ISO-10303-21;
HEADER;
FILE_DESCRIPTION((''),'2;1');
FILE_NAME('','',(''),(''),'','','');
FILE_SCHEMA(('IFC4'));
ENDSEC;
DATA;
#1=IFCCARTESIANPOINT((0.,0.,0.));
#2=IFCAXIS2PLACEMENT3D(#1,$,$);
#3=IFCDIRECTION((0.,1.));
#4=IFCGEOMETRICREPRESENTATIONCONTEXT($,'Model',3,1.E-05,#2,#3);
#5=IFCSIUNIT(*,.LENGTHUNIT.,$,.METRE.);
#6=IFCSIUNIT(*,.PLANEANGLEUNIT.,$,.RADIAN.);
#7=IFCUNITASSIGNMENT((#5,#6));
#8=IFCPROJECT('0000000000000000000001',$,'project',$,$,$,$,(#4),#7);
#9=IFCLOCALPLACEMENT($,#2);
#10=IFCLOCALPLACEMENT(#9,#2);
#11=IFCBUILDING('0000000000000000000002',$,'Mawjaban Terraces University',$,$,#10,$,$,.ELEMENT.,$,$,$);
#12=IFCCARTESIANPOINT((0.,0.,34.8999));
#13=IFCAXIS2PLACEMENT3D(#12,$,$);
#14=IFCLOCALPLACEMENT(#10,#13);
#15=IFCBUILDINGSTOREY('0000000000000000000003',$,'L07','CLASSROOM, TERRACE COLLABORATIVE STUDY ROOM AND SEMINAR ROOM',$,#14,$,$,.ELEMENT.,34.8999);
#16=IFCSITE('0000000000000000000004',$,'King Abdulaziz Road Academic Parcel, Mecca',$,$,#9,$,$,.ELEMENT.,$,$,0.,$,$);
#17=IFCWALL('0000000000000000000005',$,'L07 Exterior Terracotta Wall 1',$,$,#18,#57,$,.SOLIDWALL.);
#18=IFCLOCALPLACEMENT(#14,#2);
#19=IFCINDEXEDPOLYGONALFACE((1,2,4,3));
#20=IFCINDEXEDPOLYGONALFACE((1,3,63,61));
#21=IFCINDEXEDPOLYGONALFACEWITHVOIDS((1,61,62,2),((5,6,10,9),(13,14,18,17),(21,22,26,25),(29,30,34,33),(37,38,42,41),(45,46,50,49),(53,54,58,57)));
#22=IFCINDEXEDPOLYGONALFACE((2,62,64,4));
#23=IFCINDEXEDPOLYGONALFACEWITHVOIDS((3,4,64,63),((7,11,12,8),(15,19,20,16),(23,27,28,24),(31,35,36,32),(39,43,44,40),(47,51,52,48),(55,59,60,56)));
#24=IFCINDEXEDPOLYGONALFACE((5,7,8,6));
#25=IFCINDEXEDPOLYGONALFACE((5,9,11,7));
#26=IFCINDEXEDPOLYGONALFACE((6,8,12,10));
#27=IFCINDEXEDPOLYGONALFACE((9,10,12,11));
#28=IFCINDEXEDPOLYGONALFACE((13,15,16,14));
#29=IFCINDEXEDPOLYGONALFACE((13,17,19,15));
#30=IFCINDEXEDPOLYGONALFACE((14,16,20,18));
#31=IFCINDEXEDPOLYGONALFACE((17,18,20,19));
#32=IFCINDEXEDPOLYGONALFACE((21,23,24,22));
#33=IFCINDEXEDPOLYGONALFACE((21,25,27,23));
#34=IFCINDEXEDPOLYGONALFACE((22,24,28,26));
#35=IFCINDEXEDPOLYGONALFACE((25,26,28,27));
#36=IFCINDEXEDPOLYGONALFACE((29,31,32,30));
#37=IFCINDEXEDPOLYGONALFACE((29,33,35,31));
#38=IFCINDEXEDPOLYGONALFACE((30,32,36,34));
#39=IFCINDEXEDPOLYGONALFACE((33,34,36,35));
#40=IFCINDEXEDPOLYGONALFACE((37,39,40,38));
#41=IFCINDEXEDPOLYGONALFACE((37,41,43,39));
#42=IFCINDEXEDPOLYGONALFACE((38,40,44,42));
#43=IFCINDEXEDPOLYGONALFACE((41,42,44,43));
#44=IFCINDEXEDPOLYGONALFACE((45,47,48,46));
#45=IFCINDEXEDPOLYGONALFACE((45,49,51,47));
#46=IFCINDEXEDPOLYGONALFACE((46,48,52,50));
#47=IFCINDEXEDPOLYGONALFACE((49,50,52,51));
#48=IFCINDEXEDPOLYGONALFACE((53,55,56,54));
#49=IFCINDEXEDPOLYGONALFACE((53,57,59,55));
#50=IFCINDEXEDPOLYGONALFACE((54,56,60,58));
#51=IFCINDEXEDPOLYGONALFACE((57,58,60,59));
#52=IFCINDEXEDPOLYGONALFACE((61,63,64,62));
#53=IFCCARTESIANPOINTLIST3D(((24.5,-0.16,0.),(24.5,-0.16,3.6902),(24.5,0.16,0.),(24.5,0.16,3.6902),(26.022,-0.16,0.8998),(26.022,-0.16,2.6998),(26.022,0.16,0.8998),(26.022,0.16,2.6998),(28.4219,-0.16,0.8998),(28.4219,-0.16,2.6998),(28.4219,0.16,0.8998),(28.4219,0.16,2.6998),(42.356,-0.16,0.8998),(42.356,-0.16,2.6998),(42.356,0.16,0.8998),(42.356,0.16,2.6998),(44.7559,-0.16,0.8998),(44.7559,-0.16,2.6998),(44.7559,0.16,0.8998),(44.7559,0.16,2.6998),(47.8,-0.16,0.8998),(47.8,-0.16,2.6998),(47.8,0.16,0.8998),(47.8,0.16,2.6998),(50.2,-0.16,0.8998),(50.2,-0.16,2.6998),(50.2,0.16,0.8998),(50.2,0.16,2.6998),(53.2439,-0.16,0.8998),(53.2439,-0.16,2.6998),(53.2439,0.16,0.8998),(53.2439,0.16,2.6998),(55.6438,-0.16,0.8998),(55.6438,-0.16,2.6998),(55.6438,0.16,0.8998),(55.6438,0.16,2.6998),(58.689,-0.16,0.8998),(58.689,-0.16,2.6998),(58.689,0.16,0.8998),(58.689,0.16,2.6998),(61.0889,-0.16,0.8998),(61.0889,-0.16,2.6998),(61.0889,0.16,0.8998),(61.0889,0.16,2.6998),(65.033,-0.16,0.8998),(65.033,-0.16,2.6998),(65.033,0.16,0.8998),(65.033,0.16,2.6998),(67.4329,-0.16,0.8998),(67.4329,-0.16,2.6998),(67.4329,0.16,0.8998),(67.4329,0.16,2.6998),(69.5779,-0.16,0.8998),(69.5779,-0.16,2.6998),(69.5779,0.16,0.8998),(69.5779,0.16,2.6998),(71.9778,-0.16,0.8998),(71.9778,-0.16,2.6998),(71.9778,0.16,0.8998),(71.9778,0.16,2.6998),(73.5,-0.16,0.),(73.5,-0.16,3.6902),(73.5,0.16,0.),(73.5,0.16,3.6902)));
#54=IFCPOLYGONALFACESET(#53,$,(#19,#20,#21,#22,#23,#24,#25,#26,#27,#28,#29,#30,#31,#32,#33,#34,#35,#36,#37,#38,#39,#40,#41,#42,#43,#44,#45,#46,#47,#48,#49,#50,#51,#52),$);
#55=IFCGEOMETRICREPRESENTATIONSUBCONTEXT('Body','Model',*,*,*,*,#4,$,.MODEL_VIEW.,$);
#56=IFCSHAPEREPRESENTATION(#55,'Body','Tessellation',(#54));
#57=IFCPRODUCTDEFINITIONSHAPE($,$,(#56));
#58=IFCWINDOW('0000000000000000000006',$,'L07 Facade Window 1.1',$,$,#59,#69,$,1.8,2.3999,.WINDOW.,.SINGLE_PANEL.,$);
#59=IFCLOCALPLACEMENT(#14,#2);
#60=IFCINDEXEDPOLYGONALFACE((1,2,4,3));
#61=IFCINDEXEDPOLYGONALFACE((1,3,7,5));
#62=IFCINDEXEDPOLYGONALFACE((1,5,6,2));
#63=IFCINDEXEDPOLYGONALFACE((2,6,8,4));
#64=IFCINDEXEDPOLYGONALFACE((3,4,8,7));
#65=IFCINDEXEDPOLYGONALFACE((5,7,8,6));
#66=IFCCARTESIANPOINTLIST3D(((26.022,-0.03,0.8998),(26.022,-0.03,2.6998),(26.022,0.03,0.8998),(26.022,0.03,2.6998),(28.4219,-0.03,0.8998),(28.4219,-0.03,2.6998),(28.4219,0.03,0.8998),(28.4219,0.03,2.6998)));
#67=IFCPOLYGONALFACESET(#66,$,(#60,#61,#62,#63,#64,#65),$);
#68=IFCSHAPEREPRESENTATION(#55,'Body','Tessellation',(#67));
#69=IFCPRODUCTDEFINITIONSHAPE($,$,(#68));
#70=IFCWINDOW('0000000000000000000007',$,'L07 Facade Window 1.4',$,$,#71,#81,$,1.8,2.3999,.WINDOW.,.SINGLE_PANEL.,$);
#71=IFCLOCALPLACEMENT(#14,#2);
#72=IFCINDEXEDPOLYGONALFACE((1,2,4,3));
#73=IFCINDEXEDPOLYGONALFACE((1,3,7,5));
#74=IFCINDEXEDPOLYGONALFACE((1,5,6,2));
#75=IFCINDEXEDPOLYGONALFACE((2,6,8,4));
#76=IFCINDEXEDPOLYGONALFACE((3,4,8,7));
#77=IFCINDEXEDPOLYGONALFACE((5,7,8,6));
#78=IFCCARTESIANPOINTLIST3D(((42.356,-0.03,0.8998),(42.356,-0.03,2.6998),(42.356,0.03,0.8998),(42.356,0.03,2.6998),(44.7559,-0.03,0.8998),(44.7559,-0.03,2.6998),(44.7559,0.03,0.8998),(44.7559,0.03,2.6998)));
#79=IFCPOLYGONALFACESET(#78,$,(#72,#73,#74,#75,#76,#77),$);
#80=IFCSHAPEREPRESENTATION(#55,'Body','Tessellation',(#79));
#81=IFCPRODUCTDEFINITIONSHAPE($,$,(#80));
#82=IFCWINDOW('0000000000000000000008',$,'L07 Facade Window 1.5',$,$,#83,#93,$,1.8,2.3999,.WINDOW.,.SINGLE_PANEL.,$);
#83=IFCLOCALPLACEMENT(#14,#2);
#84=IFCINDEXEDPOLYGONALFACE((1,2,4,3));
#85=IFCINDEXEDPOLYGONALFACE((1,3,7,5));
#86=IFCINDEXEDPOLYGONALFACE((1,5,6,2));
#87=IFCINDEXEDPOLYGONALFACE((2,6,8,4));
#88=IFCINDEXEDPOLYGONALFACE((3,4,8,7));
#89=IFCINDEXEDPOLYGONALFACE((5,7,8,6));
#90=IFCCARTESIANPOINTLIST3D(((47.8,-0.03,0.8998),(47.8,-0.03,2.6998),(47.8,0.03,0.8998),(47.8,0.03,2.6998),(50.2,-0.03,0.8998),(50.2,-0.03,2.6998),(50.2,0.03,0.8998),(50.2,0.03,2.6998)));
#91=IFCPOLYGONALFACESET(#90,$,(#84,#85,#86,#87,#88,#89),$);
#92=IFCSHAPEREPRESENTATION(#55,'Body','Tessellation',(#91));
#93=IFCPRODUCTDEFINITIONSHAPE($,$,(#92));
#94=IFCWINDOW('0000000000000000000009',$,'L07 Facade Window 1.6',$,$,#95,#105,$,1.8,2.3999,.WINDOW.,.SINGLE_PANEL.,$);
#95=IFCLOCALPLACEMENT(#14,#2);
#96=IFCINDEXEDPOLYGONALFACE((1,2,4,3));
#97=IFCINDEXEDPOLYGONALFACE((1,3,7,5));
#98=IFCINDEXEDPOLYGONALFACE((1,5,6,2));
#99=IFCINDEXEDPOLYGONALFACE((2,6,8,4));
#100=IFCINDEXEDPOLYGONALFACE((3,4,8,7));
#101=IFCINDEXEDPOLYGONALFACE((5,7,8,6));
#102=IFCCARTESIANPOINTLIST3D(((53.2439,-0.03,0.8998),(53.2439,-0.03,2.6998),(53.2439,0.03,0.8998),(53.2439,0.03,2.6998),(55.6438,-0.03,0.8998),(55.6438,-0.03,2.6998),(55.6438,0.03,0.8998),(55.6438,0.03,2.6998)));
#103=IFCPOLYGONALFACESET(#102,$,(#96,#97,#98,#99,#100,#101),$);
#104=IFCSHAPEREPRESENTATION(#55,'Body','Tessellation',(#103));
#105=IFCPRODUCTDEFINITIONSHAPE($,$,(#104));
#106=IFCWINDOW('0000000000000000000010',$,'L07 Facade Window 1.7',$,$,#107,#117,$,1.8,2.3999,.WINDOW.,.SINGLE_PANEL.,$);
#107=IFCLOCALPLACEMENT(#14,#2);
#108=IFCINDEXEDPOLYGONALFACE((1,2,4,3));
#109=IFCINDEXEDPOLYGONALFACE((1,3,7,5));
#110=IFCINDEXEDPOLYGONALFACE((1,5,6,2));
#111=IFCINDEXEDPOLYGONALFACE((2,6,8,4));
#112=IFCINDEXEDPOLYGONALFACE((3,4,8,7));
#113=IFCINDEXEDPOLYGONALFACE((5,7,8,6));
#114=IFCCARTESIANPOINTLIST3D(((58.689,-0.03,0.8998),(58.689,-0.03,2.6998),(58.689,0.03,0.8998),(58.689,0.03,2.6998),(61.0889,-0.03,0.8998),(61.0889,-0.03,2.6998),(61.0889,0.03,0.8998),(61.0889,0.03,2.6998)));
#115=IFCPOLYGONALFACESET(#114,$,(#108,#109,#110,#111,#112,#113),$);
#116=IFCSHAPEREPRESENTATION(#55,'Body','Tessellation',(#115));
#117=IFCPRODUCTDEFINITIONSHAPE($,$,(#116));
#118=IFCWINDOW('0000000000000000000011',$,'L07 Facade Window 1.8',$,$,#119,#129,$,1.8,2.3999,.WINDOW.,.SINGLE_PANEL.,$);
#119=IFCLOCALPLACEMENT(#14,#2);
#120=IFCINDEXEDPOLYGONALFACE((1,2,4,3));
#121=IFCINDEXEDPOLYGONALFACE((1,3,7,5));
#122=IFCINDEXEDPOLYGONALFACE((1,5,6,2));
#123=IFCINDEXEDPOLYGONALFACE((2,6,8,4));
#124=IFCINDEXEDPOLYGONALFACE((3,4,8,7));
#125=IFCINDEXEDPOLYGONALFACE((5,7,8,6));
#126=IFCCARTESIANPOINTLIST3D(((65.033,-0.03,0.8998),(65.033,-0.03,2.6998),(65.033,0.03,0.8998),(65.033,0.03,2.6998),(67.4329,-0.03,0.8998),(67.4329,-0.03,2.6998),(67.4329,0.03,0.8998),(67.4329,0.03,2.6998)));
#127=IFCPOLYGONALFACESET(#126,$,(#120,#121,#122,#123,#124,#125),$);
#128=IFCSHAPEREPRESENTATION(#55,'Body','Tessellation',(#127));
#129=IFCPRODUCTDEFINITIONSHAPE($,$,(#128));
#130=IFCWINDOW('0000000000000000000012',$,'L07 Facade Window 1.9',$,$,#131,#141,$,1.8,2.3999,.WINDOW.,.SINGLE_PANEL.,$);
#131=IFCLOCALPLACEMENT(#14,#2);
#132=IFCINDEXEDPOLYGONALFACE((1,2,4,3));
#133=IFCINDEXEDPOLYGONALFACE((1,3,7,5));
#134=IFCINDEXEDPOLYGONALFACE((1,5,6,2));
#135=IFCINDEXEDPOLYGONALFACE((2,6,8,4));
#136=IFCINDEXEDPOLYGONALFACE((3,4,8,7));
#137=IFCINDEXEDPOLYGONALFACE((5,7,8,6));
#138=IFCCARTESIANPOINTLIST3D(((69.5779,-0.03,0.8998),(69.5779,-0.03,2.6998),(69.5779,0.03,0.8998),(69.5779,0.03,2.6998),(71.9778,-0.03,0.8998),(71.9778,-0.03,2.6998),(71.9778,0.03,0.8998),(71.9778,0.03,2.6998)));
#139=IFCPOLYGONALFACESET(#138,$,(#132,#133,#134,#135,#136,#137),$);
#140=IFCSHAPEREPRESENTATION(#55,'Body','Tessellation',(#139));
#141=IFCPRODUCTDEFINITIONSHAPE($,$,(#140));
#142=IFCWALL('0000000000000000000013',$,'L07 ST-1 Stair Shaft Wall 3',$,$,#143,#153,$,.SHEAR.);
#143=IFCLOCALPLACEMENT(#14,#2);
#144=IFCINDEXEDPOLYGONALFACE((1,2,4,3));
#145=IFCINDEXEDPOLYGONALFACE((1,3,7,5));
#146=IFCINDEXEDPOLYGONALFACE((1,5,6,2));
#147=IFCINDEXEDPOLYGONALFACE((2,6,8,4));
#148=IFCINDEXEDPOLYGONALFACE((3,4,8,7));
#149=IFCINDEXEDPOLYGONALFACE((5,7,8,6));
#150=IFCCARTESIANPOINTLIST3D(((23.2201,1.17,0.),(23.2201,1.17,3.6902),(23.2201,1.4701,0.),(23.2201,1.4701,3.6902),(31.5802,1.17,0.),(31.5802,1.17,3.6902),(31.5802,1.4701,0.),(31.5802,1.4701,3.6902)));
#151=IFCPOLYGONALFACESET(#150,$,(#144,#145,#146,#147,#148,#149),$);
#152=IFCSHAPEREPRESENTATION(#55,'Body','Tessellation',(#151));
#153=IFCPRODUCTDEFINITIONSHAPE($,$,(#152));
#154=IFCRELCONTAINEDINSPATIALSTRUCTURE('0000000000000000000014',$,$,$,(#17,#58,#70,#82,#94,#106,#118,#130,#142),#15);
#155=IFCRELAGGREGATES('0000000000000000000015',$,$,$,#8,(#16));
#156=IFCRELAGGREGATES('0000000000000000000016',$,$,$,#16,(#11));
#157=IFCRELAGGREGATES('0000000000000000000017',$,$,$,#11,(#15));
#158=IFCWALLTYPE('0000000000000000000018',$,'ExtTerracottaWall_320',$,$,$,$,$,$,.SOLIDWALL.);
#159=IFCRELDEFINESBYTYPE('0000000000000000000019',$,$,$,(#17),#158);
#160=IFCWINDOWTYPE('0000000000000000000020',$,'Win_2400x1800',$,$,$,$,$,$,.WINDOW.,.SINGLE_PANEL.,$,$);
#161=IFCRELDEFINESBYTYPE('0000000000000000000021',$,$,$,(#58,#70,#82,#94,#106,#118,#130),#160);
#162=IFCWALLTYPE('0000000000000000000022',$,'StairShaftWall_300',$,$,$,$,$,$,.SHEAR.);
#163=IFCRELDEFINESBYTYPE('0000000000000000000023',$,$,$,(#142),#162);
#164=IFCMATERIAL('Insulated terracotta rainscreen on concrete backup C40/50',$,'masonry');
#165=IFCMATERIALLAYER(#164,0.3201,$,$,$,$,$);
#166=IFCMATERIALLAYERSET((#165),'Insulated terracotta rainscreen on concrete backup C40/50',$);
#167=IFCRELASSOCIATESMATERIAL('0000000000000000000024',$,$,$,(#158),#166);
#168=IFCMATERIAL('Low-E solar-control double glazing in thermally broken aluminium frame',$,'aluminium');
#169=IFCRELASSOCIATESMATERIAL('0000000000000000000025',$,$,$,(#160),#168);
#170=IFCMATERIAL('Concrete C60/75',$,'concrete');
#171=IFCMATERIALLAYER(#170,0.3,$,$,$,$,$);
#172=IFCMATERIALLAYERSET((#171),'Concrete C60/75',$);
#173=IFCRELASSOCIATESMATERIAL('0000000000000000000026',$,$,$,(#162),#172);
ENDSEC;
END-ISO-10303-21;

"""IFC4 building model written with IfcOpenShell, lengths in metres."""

from ifc_helpers import new_model, si_unit, direction, frame, frame_2d, origin, place, context, subcontext, project, spatial, rectangle, extrude, material, layer, layer_set, type_object, element, fill, save


model = new_model("IFC4")

# Units and contexts
model_context = context("Model", 3, precision=1e-05, world=origin(), true_north=direction((0.0, 1.0)))
body_context = subcontext(model_context, "Body", "Model", "MODEL_VIEW")
ifc_project = project(units=[si_unit("LENGTHUNIT", "METRE"), si_unit("PLANEANGLEUNIT", "RADIAN")], contexts=[model_context])

# Site, building, storey
site_placement = place(None, origin())
site = spatial("IfcSite", under=ifc_project, at=site_placement, Name="King Abdulaziz Road Academic Parcel, Mecca", CompositionType="ELEMENT", RefElevation=0.0)
building_placement = place(site_placement, origin())
building = spatial("IfcBuilding", under=site, at=building_placement, Name="Mawjaban Terraces University", CompositionType="ELEMENT")
storey_placement = place(building_placement, frame((0.0, 0.0, 34.8999)))
storey = spatial("IfcBuildingStorey", under=building, at=storey_placement, Name="L07", Description="CLASSROOM, TERRACE COLLABORATIVE STUDY ROOM AND SEMINAR ROOM", CompositionType="ELEMENT", Elevation=34.8999)

# Wall, openings, windows
ifc_material_1 = material(Name="Insulated terracotta rainscreen on concrete backup C40/50", Category="masonry")
ifc_layer_1 = layer(ifc_material_1, 0.3201)
ifc_layer_set_1 = layer_set([ifc_layer_1], Name="Insulated terracotta rainscreen on concrete backup C40/50")
wall_type_1 = type_object("IfcWallType", Name="ExtTerracottaWall_320", PredefinedType="SOLIDWALL", material=ifc_layer_set_1)
wall_1_placement = place(storey_placement, frame((24.5, 0.0, 0.0), z_axis=(0.0, 0.0, 1.0), x_axis=(1.0, 0.0, 0.0)))
wall_1 = element("IfcWall", 1, at=wall_1_placement, inside=storey, type_object=wall_type_1, Name="L07 Exterior Terracotta Wall 1", PredefinedType="SOLIDWALL", context=body_context, shape_type="SweptSolid", body=[
    extrude(rectangle(XDim=49.0, YDim=0.3201, at=frame_2d((24.5, 0.0))), origin(), (0.0, 0.0, 1.0), 3.6902),
])
opening_1_placement = place(wall_1_placement, frame((1.522, 0.0, 0.8999)))
opening_1 = element("IfcOpeningElement", 2, at=opening_1_placement, cuts=wall_1, PredefinedType="OPENING", context=body_context, shape_type="SweptSolid", body=[
    extrude(rectangle(XDim=2.3999, YDim=1.8, at=frame_2d((1.2, 0.8999))), frame((0.0, 0.1699, 0.0), z_axis=(0.0, -1.0, 0.0), x_axis=(1.0, 0.0, 0.0)), (0.0, 0.0, 1.0), 0.3401),
])
opening_2_placement = place(wall_1_placement, frame((17.856, 0.0, 0.8999)))
opening_2 = element("IfcOpeningElement", 3, at=opening_2_placement, cuts=wall_1, PredefinedType="OPENING", context=body_context, shape_type="SweptSolid", body=[
    extrude(rectangle(XDim=2.3999, YDim=1.8, at=frame_2d((1.2, 0.8999))), frame((0.0, 0.1699, 0.0), z_axis=(0.0, -1.0, 0.0), x_axis=(1.0, 0.0, 0.0)), (0.0, 0.0, 1.0), 0.3401),
])
opening_3_placement = place(wall_1_placement, frame((23.3, 0.0, 0.8999)))
opening_3 = element("IfcOpeningElement", 4, at=opening_3_placement, cuts=wall_1, PredefinedType="OPENING", context=body_context, shape_type="SweptSolid", body=[
    extrude(rectangle(XDim=2.3999, YDim=1.8, at=frame_2d((1.2, 0.8999))), frame((0.0, 0.1699, 0.0), z_axis=(0.0, -1.0, 0.0), x_axis=(1.0, 0.0, 0.0)), (0.0, 0.0, 1.0), 0.3401),
])
opening_4_placement = place(wall_1_placement, frame((28.7439, 0.0, 0.8999)))
opening_4 = element("IfcOpeningElement", 5, at=opening_4_placement, cuts=wall_1, PredefinedType="OPENING", context=body_context, shape_type="SweptSolid", body=[
    extrude(rectangle(XDim=2.3999, YDim=1.8, at=frame_2d((1.2, 0.8999))), frame((0.0, 0.1699, 0.0), z_axis=(0.0, -1.0, 0.0), x_axis=(1.0, 0.0, 0.0)), (0.0, 0.0, 1.0), 0.3401),
])
opening_5_placement = place(wall_1_placement, frame((34.189, 0.0, 0.8999)))
opening_5 = element("IfcOpeningElement", 6, at=opening_5_placement, cuts=wall_1, PredefinedType="OPENING", context=body_context, shape_type="SweptSolid", body=[
    extrude(rectangle(XDim=2.3999, YDim=1.8, at=frame_2d((1.2, 0.8999))), frame((0.0, 0.1699, 0.0), z_axis=(0.0, -1.0, 0.0), x_axis=(1.0, 0.0, 0.0)), (0.0, 0.0, 1.0), 0.3401),
])
opening_6_placement = place(wall_1_placement, frame((40.533, 0.0, 0.8999)))
opening_6 = element("IfcOpeningElement", 7, at=opening_6_placement, cuts=wall_1, PredefinedType="OPENING", context=body_context, shape_type="SweptSolid", body=[
    extrude(rectangle(XDim=2.3999, YDim=1.8, at=frame_2d((1.2, 0.8999))), frame((0.0, 0.1699, 0.0), z_axis=(0.0, -1.0, 0.0), x_axis=(1.0, 0.0, 0.0)), (0.0, 0.0, 1.0), 0.3401),
])
opening_7_placement = place(wall_1_placement, frame((45.0779, 0.0, 0.8999)))
opening_7 = element("IfcOpeningElement", 8, at=opening_7_placement, cuts=wall_1, PredefinedType="OPENING", context=body_context, shape_type="SweptSolid", body=[
    extrude(rectangle(XDim=2.3999, YDim=1.8, at=frame_2d((1.2, 0.8999))), frame((0.0, 0.1699, 0.0), z_axis=(0.0, -1.0, 0.0), x_axis=(1.0, 0.0, 0.0)), (0.0, 0.0, 1.0), 0.3401),
])
ifc_material_2 = material(Name="Low-E solar-control double glazing in thermally broken aluminium frame", Category="aluminium")
window_type = type_object("IfcWindowType", Name="Win_2400x1800", PartitioningType="SINGLE_PANEL", PredefinedType="WINDOW", material=ifc_material_2)
window_1_placement = place(opening_1_placement, origin())
window_1 = element("IfcWindow", 9, at=window_1_placement, inside=storey, type_object=window_type, Name="L07 Facade Window 1.1", OverallHeight=1.8, OverallWidth=2.3999, PartitioningType="SINGLE_PANEL", PredefinedType="WINDOW", context=body_context, shape_type="SweptSolid", body=[
    extrude(rectangle(XDim=2.3999, YDim=1.8, at=frame_2d((1.2, 0.8999))), frame((0.0, 0.03, 0.0), z_axis=(0.0, -1.0, 0.0), x_axis=(1.0, 0.0, 0.0)), (0.0, 0.0, 1.0), 0.0601),
])
fill(opening_1, window_1)
window_2_placement = place(opening_2_placement, origin())
window_2 = element("IfcWindow", 10, at=window_2_placement, inside=storey, type_object=window_type, Name="L07 Facade Window 1.4", OverallHeight=1.8, OverallWidth=2.3999, PartitioningType="SINGLE_PANEL", PredefinedType="WINDOW", context=body_context, shape_type="SweptSolid", body=[
    extrude(rectangle(XDim=2.3999, YDim=1.8, at=frame_2d((1.2, 0.8999))), frame((0.0, 0.03, 0.0), z_axis=(0.0, -1.0, 0.0), x_axis=(1.0, 0.0, 0.0)), (0.0, 0.0, 1.0), 0.0601),
])
fill(opening_2, window_2)
window_3_placement = place(opening_3_placement, origin())
window_3 = element("IfcWindow", 11, at=window_3_placement, inside=storey, type_object=window_type, Name="L07 Facade Window 1.5", OverallHeight=1.8, OverallWidth=2.3999, PartitioningType="SINGLE_PANEL", PredefinedType="WINDOW", context=body_context, shape_type="SweptSolid", body=[
    extrude(rectangle(XDim=2.3999, YDim=1.8, at=frame_2d((1.2, 0.8999))), frame((0.0, 0.03, 0.0), z_axis=(0.0, -1.0, 0.0), x_axis=(1.0, 0.0, 0.0)), (0.0, 0.0, 1.0), 0.0601),
])
fill(opening_3, window_3)
window_4_placement = place(opening_4_placement, origin())
window_4 = element("IfcWindow", 12, at=window_4_placement, inside=storey, type_object=window_type, Name="L07 Facade Window 1.6", OverallHeight=1.8, OverallWidth=2.3999, PartitioningType="SINGLE_PANEL", PredefinedType="WINDOW", context=body_context, shape_type="SweptSolid", body=[
    extrude(rectangle(XDim=2.3999, YDim=1.8, at=frame_2d((1.2, 0.8999))), frame((0.0, 0.03, 0.0), z_axis=(0.0, -1.0, 0.0), x_axis=(1.0, 0.0, 0.0)), (0.0, 0.0, 1.0), 0.0601),
])
fill(opening_4, window_4)
window_5_placement = place(opening_5_placement, origin())
window_5 = element("IfcWindow", 13, at=window_5_placement, inside=storey, type_object=window_type, Name="L07 Facade Window 1.7", OverallHeight=1.8, OverallWidth=2.3999, PartitioningType="SINGLE_PANEL", PredefinedType="WINDOW", context=body_context, shape_type="SweptSolid", body=[
    extrude(rectangle(XDim=2.3999, YDim=1.8, at=frame_2d((1.2, 0.8999))), frame((0.0, 0.03, 0.0), z_axis=(0.0, -1.0, 0.0), x_axis=(1.0, 0.0, 0.0)), (0.0, 0.0, 1.0), 0.0601),
])
fill(opening_5, window_5)
window_6_placement = place(opening_6_placement, origin())
window_6 = element("IfcWindow", 14, at=window_6_placement, inside=storey, type_object=window_type, Name="L07 Facade Window 1.8", OverallHeight=1.8, OverallWidth=2.3999, PartitioningType="SINGLE_PANEL", PredefinedType="WINDOW", context=body_context, shape_type="SweptSolid", body=[
    extrude(rectangle(XDim=2.3999, YDim=1.8, at=frame_2d((1.2, 0.8999))), frame((0.0, 0.03, 0.0), z_axis=(0.0, -1.0, 0.0), x_axis=(1.0, 0.0, 0.0)), (0.0, 0.0, 1.0), 0.0601),
])
fill(opening_6, window_6)
window_7_placement = place(opening_7_placement, origin())
window_7 = element("IfcWindow", 15, at=window_7_placement, inside=storey, type_object=window_type, Name="L07 Facade Window 1.9", OverallHeight=1.8, OverallWidth=2.3999, PartitioningType="SINGLE_PANEL", PredefinedType="WINDOW", context=body_context, shape_type="SweptSolid", body=[
    extrude(rectangle(XDim=2.3999, YDim=1.8, at=frame_2d((1.2, 0.8999))), frame((0.0, 0.03, 0.0), z_axis=(0.0, -1.0, 0.0), x_axis=(1.0, 0.0, 0.0)), (0.0, 0.0, 1.0), 0.0601),
])
fill(opening_7, window_7)

# Wall
ifc_material_3 = material(Name="Concrete C60/75", Category="concrete")
ifc_layer_2 = layer(ifc_material_3, 0.3)
ifc_layer_set_2 = layer_set([ifc_layer_2], Name="Concrete C60/75")
wall_type_2 = type_object("IfcWallType", Name="StairShaftWall_300", PredefinedType="SHEAR", material=ifc_layer_set_2)
wall_2_placement = place(storey_placement, frame((23.22, 1.3201, 0.0), z_axis=(0.0, 0.0, 1.0), x_axis=(1.0, 0.0, 0.0)))
element("IfcWall", 16, at=wall_2_placement, inside=storey, type_object=wall_type_2, Name="L07 ST-1 Stair Shaft Wall 3", PredefinedType="SHEAR", context=body_context, shape_type="SweptSolid", body=[
    extrude(rectangle(XDim=8.3601, YDim=0.3, at=frame_2d((4.1802, 0.0))), origin(), (0.0, 0.0, 1.0), 3.6902),
])

save(model, "model.ifc")
